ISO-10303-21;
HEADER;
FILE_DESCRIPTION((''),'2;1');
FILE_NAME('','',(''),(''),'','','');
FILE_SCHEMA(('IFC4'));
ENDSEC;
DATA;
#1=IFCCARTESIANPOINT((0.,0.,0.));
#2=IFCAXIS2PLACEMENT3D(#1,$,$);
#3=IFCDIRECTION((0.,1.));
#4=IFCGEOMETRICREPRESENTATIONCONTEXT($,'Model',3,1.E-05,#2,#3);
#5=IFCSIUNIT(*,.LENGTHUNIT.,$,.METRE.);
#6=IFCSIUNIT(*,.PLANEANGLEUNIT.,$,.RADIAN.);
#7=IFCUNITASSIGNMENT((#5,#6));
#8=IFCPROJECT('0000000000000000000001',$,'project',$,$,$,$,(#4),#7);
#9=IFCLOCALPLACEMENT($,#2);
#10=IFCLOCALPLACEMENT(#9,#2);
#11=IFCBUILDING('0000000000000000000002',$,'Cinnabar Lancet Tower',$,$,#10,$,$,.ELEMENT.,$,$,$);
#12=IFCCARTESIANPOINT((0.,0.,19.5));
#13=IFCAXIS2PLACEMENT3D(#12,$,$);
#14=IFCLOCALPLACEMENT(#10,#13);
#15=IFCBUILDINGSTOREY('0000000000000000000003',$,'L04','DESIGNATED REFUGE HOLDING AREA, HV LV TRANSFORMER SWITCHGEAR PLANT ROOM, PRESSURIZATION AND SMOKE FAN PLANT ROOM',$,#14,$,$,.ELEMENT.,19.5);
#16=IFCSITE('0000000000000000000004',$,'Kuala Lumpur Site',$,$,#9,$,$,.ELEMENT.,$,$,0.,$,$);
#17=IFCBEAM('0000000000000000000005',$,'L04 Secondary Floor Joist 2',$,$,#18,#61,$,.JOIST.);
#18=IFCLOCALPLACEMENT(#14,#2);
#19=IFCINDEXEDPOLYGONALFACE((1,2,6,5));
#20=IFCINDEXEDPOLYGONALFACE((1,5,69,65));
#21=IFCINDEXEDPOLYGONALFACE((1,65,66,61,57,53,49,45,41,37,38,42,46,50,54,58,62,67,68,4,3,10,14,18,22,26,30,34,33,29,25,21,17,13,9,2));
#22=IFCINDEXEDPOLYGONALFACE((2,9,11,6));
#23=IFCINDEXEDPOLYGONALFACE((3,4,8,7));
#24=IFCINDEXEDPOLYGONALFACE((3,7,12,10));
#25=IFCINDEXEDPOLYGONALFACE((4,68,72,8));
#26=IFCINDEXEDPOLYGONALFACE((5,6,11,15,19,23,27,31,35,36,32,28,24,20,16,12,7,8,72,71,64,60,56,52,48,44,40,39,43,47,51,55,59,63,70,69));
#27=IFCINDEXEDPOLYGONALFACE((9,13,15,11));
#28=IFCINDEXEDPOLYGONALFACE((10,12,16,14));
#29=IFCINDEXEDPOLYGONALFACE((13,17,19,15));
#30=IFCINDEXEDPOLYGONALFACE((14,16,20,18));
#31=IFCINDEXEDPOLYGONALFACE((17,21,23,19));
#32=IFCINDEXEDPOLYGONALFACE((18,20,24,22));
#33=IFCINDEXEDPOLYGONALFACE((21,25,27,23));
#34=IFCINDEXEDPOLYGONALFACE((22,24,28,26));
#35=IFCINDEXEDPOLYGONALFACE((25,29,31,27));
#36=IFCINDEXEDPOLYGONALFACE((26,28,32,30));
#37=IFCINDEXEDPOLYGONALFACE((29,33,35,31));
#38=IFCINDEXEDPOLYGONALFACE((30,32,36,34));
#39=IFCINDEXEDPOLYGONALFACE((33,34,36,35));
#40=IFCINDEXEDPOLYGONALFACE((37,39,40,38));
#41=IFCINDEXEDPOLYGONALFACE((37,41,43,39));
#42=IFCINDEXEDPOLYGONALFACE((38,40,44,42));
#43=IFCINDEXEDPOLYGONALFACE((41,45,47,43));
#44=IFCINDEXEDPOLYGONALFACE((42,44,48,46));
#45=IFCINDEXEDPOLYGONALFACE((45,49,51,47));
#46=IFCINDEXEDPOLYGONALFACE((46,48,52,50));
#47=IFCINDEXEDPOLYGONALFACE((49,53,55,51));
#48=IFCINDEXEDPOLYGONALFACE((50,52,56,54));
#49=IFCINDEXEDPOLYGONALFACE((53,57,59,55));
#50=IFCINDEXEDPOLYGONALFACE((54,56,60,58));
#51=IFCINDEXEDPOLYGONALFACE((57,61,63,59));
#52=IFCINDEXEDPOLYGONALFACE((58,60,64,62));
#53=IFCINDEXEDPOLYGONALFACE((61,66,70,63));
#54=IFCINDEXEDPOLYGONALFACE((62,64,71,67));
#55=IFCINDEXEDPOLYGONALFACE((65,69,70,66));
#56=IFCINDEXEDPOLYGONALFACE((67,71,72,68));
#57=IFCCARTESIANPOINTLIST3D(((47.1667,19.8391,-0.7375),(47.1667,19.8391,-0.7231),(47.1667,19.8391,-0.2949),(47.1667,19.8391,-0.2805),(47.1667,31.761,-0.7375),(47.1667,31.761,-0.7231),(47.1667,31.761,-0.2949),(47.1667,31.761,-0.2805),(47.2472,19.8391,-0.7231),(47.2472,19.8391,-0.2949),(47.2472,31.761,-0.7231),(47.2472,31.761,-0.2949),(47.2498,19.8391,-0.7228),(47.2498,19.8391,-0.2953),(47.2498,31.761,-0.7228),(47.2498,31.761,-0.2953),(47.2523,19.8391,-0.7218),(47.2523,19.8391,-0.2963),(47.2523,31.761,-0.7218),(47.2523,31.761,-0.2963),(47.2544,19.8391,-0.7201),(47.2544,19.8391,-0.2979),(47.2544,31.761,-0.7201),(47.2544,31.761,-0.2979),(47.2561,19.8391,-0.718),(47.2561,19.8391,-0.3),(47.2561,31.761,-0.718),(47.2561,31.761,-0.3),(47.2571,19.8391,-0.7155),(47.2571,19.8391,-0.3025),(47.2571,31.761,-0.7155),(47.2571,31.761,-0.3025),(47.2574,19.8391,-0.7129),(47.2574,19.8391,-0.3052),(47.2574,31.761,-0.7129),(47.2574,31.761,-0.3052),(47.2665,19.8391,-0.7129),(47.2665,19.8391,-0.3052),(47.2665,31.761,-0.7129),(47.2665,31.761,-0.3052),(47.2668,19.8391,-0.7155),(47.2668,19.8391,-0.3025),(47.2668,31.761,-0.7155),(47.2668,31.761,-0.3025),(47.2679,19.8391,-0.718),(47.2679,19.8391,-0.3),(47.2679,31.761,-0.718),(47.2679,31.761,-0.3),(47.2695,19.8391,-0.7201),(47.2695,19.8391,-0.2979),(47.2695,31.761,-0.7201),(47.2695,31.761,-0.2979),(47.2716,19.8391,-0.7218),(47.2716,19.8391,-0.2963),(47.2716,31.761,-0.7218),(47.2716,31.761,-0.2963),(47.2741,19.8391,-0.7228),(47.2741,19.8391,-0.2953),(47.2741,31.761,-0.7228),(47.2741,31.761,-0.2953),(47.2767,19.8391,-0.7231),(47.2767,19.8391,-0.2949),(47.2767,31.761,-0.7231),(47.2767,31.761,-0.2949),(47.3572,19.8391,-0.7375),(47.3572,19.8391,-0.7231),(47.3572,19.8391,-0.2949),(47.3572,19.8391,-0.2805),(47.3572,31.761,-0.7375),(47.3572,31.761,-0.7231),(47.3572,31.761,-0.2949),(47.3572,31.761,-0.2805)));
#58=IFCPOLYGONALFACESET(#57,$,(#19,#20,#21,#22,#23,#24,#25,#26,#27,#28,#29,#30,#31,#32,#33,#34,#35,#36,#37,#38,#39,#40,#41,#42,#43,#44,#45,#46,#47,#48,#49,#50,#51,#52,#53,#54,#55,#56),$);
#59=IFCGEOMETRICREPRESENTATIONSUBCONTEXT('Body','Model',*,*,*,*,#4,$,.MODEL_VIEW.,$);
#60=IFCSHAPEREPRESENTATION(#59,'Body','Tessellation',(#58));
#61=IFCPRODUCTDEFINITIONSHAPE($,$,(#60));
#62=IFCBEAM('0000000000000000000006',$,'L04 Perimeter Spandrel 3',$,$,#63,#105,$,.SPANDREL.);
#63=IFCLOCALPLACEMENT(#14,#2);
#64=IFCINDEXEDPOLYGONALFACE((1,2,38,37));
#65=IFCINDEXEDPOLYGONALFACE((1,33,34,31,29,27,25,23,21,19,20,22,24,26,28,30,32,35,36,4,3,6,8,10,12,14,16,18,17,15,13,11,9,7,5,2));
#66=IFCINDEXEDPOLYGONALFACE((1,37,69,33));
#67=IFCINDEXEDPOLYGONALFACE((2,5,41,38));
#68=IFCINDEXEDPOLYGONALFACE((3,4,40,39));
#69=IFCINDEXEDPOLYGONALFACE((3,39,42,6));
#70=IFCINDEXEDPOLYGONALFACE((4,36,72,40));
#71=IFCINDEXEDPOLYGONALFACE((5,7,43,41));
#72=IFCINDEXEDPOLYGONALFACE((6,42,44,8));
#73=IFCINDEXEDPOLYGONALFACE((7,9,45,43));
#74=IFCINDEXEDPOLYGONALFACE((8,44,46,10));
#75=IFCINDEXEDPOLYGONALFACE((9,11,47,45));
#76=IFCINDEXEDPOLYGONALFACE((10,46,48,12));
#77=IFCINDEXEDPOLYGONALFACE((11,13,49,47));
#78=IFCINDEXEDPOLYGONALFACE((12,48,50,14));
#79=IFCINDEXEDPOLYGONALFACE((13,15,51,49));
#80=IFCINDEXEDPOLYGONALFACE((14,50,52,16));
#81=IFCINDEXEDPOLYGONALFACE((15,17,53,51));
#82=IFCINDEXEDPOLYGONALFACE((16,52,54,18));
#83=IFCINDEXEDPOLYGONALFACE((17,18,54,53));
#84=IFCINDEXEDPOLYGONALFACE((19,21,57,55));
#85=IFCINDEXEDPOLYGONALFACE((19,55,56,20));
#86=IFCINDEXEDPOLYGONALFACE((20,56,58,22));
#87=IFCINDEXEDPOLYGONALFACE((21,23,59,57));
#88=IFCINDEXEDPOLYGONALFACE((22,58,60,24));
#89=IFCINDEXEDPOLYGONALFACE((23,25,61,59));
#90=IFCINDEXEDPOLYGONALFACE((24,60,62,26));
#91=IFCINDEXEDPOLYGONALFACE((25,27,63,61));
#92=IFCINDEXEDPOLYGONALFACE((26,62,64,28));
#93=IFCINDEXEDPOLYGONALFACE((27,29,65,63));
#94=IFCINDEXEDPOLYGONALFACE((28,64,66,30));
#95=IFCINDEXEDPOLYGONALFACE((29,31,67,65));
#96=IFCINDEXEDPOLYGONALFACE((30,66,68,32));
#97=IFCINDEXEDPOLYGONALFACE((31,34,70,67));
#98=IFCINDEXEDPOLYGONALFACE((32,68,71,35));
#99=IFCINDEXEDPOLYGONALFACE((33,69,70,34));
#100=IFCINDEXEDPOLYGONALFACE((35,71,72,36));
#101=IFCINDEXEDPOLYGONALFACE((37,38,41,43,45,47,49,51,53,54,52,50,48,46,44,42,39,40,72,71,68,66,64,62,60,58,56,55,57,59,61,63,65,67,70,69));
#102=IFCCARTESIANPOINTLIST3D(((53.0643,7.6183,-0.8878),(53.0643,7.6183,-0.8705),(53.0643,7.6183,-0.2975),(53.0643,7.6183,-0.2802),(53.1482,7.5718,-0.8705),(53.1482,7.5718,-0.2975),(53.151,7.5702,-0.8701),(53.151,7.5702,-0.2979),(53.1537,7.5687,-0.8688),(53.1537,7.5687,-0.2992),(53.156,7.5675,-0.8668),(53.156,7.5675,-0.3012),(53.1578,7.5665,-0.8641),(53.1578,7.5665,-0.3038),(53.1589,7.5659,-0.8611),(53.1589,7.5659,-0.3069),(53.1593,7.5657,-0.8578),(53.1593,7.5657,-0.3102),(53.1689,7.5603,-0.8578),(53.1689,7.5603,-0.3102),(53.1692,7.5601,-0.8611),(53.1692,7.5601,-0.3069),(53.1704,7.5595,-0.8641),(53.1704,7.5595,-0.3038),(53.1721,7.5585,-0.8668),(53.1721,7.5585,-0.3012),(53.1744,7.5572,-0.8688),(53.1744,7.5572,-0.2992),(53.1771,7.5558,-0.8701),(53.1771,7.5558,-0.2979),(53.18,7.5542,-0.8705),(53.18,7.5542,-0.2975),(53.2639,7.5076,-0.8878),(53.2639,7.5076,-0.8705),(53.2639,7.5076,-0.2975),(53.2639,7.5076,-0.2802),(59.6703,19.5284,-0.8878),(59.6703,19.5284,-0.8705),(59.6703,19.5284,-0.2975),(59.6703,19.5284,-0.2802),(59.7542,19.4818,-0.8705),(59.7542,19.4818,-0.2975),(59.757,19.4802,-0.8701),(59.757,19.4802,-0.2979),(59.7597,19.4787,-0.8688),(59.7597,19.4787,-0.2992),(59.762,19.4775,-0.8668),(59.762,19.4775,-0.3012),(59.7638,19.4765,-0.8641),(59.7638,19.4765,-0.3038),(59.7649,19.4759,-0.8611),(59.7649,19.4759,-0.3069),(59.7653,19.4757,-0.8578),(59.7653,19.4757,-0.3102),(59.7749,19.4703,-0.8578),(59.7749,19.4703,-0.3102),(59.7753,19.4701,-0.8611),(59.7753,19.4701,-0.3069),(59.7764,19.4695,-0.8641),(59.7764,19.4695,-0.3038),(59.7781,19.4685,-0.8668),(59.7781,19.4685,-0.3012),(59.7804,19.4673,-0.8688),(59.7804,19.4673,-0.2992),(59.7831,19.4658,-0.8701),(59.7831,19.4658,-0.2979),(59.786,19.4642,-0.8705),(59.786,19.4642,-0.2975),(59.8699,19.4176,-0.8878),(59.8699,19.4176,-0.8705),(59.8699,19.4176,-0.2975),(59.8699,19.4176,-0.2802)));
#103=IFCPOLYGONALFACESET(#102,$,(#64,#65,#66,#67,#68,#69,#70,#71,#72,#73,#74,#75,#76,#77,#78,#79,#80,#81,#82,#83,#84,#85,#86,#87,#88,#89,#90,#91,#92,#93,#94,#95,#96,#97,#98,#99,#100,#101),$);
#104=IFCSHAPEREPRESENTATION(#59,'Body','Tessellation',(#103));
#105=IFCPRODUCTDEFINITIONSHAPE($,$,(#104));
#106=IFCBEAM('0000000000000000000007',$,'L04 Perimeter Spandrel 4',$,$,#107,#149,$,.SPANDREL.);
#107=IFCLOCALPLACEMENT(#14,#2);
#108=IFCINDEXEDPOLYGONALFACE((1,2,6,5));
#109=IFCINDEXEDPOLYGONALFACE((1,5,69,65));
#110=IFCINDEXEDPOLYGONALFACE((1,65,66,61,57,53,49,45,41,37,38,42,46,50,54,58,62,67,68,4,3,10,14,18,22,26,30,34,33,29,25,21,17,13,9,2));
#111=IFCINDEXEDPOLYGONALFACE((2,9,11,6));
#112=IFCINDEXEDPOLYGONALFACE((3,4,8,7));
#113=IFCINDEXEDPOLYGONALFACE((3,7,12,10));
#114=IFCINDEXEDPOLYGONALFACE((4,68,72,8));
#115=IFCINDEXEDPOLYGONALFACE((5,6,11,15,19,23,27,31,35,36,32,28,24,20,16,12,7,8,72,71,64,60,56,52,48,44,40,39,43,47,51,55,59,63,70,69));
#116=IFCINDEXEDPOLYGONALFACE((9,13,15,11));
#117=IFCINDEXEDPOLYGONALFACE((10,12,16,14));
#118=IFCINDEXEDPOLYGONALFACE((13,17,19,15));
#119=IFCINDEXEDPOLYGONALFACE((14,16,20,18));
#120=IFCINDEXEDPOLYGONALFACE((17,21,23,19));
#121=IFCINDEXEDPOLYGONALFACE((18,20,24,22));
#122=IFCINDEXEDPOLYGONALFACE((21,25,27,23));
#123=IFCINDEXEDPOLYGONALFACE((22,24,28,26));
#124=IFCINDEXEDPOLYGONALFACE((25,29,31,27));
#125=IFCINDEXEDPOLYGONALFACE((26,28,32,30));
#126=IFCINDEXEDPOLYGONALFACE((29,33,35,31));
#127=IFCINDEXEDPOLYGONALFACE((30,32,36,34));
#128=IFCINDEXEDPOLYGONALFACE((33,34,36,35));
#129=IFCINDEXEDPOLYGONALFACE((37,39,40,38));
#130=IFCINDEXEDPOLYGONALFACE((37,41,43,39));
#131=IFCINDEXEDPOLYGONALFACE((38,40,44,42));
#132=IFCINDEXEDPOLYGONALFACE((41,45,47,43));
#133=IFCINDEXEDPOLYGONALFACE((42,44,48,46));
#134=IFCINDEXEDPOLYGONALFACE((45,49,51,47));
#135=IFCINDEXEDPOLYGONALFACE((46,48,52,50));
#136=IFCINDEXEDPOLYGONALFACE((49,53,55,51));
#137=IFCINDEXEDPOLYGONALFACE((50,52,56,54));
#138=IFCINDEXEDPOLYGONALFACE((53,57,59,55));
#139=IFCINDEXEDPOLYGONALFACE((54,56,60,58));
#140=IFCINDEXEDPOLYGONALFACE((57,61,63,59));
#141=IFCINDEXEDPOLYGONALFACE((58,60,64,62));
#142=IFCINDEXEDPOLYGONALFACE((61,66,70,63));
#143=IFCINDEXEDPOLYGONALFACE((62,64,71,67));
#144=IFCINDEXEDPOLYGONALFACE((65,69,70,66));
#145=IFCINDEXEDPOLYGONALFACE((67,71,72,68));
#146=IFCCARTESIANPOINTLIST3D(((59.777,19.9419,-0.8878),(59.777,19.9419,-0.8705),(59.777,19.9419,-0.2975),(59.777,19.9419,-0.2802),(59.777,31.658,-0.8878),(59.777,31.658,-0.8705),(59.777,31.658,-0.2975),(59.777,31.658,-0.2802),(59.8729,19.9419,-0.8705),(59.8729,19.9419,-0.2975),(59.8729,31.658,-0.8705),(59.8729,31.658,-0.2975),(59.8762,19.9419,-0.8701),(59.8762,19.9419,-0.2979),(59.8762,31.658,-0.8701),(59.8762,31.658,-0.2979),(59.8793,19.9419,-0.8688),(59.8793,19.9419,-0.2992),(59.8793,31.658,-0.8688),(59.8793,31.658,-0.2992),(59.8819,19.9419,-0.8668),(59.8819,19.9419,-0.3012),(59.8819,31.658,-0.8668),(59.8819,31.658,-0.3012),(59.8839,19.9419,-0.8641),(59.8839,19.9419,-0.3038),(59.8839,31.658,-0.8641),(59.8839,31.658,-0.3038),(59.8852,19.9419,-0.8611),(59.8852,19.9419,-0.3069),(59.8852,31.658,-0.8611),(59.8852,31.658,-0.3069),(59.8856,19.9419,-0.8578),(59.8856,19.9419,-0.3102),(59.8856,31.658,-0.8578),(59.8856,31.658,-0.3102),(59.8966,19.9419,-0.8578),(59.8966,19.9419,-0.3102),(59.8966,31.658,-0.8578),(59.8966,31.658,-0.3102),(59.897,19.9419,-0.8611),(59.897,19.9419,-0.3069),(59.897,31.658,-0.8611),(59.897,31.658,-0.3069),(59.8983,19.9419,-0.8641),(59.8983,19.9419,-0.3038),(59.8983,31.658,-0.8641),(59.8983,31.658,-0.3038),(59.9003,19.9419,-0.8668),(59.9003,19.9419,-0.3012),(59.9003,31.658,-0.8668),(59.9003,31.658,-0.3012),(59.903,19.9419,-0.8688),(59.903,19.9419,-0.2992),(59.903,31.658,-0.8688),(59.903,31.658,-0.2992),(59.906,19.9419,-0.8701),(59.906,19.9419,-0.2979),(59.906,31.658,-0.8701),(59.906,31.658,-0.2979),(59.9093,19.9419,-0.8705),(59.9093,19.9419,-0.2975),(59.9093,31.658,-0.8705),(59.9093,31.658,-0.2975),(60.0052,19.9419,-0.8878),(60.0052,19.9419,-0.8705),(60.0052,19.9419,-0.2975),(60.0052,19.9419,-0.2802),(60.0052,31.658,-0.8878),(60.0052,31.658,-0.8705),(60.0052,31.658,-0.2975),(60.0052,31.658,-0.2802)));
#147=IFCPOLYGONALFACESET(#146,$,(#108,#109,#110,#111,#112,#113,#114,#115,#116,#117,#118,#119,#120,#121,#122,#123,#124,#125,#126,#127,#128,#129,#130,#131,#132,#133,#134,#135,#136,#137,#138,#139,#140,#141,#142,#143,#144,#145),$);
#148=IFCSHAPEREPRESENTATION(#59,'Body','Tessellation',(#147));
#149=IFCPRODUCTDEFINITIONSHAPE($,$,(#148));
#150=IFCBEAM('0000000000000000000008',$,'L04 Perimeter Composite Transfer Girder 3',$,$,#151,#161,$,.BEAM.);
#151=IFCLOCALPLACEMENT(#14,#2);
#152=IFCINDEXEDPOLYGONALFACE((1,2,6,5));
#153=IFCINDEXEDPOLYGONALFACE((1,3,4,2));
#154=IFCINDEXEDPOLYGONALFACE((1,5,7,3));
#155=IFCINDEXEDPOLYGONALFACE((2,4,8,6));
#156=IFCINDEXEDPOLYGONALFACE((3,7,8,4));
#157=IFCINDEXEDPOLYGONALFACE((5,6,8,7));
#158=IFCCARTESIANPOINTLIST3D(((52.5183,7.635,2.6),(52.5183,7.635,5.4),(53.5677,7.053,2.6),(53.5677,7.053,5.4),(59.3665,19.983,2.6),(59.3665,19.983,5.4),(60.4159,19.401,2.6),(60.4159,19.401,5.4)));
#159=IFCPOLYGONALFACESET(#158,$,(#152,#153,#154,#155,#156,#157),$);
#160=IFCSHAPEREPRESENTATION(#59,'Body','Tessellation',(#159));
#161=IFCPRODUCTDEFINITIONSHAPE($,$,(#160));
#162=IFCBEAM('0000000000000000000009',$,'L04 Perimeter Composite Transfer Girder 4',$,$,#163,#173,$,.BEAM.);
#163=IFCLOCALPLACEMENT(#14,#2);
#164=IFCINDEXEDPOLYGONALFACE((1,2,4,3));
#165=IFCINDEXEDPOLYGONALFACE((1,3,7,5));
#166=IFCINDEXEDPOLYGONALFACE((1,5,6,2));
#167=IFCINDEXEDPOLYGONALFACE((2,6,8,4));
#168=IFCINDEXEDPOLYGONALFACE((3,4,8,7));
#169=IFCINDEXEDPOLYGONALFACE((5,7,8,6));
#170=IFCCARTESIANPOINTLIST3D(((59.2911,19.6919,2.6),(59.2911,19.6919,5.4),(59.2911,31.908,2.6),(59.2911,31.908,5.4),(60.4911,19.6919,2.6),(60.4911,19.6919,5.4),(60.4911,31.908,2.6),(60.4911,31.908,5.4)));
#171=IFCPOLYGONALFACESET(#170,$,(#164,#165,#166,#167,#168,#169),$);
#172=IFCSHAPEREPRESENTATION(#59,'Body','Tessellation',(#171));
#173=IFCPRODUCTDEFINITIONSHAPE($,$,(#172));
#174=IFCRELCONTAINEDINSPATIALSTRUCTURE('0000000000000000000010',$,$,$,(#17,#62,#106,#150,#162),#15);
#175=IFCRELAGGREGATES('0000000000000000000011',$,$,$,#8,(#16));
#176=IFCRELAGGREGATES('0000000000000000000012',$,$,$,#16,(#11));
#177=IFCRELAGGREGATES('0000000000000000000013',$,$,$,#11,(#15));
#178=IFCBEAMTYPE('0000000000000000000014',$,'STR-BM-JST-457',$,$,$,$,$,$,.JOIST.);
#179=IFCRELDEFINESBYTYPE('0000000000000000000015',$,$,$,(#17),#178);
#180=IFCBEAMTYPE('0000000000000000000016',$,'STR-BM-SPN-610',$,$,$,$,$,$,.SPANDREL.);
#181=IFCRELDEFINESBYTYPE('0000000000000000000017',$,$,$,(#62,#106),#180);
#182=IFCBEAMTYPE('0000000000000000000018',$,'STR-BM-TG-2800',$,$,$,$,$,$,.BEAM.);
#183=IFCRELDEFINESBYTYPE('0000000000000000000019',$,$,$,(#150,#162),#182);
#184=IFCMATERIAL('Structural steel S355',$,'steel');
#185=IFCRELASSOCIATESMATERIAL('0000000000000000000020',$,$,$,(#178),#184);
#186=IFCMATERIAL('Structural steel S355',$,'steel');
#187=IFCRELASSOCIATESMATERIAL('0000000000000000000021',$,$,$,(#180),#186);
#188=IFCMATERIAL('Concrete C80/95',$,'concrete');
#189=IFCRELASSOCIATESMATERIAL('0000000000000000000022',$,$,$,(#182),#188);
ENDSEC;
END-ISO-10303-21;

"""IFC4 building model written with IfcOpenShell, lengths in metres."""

from ifc_helpers import new_model, si_unit, direction, frame, origin, origin_2d, place, context, subcontext, project, spatial, rectangle, i_section, extrude, material, material_profile, profile_set, type_object, element, save


model = new_model("IFC4")

# Units and contexts
model_context = context("Model", 3, precision=1e-05, world=origin(), true_north=direction((0.0, 1.0)))
body_context = subcontext(model_context, "Body", "Model", "MODEL_VIEW")
ifc_project = project(units=[si_unit("LENGTHUNIT", "METRE"), si_unit("PLANEANGLEUNIT", "RADIAN")], contexts=[model_context])

# Site, building, storey
site_placement = place(None, origin())
site = spatial("IfcSite", under=ifc_project, at=site_placement, Name="Kuala Lumpur Site", CompositionType="ELEMENT", RefElevation=0.0)
building_placement = place(site_placement, origin())
building = spatial("IfcBuilding", under=site, at=building_placement, Name="Cinnabar Lancet Tower", CompositionType="ELEMENT")
storey_placement = place(building_placement, frame((0.0, 0.0, 19.5)))
storey = spatial("IfcBuildingStorey", under=building, at=storey_placement, Name="L04", Description="DESIGNATED REFUGE HOLDING AREA, HV LV TRANSFORMER SWITCHGEAR PLANT ROOM, PRESSURIZATION AND SMOKE FAN PLANT ROOM", CompositionType="ELEMENT", Elevation=19.5)

# Beams
ifc_material_1 = material(Name="Structural steel S355", Category="steel")
ifc_material_profile_1 = material_profile(ifc_material_1, i_section(OverallWidth=0.1904, OverallDepth=0.457, WebThickness=0.009, FlangeThickness=0.0144, FilletRadius=0.0103, at=origin_2d()), Name="UKB 457x191x74")
ifc_profile_set_1 = profile_set([ifc_material_profile_1], Name="Structural steel S355")
beam_type_1 = type_object("IfcBeamType", Name="STR-BM-JST-457", PredefinedType="JOIST", material=ifc_profile_set_1)
for number, where, z_axis, x_axis, name in (
    (1, (47.262, 19.8391, -0.509), (0.0, 1.0, 0.0), (-1.0, 0.0, 0.0), "L04 Secondary Floor Joist 2"),
):
    element("IfcBeam", number, at=place(storey_placement, frame(where, z_axis=z_axis, x_axis=x_axis)), inside=storey, type_object=beam_type_1, Name=name, PredefinedType="JOIST", context=body_context, shape_type="SweptSolid", body=[
        extrude(i_section(OverallWidth=0.1904, OverallDepth=0.457, WebThickness=0.009, FlangeThickness=0.0144, FilletRadius=0.0103, at=origin_2d()), origin(), (0.0, 0.0, 1.0), 11.9219),
    ])
ifc_material_2 = material(Name="Structural steel S355", Category="steel")
ifc_material_profile_2 = material_profile(ifc_material_2, i_section(OverallWidth=0.2283, OverallDepth=0.6077, WebThickness=0.011, FlangeThickness=0.0173, FilletRadius=0.0127, at=origin_2d()), Name="UKB 610x229x113")
ifc_profile_set_2 = profile_set([ifc_material_profile_2], Name="Structural steel S355")
beam_type_2 = type_object("IfcBeamType", Name="STR-BM-SPN-610", PredefinedType="SPANDREL", material=ifc_profile_set_2)
beam_1_placement = place(storey_placement, frame((53.1641, 7.563, -0.584), z_axis=(0.485045, 0.874489, 0.0), x_axis=(-0.874489, 0.485045, 0.0)))
element("IfcBeam", 2, at=beam_1_placement, inside=storey, type_object=beam_type_2, Name="L04 Perimeter Spandrel 3", PredefinedType="SPANDREL", context=body_context, shape_type="SweptSolid", body=[
    extrude(i_section(OverallWidth=0.2283, OverallDepth=0.6077, WebThickness=0.011, FlangeThickness=0.0173, FilletRadius=0.0127, at=origin_2d()), origin(), (0.0, 0.0, 1.0), 13.6194),
])
beam_2_placement = place(storey_placement, frame((59.8911, 19.9419, -0.584), z_axis=(0.0, 1.0, 0.0), x_axis=(-1.0, 0.0, 0.0)))
element("IfcBeam", 3, at=beam_2_placement, inside=storey, type_object=beam_type_2, Name="L04 Perimeter Spandrel 4", PredefinedType="SPANDREL", context=body_context, shape_type="SweptSolid", body=[
    extrude(i_section(OverallWidth=0.2283, OverallDepth=0.6077, WebThickness=0.011, FlangeThickness=0.0173, FilletRadius=0.0127, at=origin_2d()), origin(), (0.0, 0.0, 1.0), 11.7161),
])
ifc_material_3 = material(Name="Concrete C80/95", Category="concrete")
ifc_material_profile_3 = material_profile(ifc_material_3, rectangle(XDim=1.2, YDim=2.8, at=origin_2d()), Name="RC-TG 1200x2800")
ifc_profile_set_3 = profile_set([ifc_material_profile_3], Name="Concrete C80/95")
beam_type_3 = type_object("IfcBeamType", Name="STR-BM-TG-2800", PredefinedType="BEAM", material=ifc_profile_set_3)
beam_3_placement = place(storey_placement, frame((53.043, 7.344, 4.0), z_axis=(0.485004, 0.874512, 0.0), x_axis=(-0.874512, 0.485004, 0.0)))
element("IfcBeam", 4, at=beam_3_placement, inside=storey, type_object=beam_type_3, Name="L04 Perimeter Composite Transfer Girder 3", PredefinedType="BEAM", context=body_context, shape_type="SweptSolid", body=[
    extrude(rectangle(XDim=1.2, YDim=2.8, at=origin_2d()), origin(), (0.0, 0.0, 1.0), 14.1199),
])
beam_4_placement = place(storey_placement, frame((59.8911, 19.6919, 4.0), z_axis=(0.0, 1.0, 0.0), x_axis=(-1.0, 0.0, 0.0)))
element("IfcBeam", 5, at=beam_4_placement, inside=storey, type_object=beam_type_3, Name="L04 Perimeter Composite Transfer Girder 4", PredefinedType="BEAM", context=body_context, shape_type="SweptSolid", body=[
    extrude(rectangle(XDim=1.2, YDim=2.8, at=origin_2d()), origin(), (0.0, 0.0, 1.0), 12.2161),
])

save(model, "model.ifc")
